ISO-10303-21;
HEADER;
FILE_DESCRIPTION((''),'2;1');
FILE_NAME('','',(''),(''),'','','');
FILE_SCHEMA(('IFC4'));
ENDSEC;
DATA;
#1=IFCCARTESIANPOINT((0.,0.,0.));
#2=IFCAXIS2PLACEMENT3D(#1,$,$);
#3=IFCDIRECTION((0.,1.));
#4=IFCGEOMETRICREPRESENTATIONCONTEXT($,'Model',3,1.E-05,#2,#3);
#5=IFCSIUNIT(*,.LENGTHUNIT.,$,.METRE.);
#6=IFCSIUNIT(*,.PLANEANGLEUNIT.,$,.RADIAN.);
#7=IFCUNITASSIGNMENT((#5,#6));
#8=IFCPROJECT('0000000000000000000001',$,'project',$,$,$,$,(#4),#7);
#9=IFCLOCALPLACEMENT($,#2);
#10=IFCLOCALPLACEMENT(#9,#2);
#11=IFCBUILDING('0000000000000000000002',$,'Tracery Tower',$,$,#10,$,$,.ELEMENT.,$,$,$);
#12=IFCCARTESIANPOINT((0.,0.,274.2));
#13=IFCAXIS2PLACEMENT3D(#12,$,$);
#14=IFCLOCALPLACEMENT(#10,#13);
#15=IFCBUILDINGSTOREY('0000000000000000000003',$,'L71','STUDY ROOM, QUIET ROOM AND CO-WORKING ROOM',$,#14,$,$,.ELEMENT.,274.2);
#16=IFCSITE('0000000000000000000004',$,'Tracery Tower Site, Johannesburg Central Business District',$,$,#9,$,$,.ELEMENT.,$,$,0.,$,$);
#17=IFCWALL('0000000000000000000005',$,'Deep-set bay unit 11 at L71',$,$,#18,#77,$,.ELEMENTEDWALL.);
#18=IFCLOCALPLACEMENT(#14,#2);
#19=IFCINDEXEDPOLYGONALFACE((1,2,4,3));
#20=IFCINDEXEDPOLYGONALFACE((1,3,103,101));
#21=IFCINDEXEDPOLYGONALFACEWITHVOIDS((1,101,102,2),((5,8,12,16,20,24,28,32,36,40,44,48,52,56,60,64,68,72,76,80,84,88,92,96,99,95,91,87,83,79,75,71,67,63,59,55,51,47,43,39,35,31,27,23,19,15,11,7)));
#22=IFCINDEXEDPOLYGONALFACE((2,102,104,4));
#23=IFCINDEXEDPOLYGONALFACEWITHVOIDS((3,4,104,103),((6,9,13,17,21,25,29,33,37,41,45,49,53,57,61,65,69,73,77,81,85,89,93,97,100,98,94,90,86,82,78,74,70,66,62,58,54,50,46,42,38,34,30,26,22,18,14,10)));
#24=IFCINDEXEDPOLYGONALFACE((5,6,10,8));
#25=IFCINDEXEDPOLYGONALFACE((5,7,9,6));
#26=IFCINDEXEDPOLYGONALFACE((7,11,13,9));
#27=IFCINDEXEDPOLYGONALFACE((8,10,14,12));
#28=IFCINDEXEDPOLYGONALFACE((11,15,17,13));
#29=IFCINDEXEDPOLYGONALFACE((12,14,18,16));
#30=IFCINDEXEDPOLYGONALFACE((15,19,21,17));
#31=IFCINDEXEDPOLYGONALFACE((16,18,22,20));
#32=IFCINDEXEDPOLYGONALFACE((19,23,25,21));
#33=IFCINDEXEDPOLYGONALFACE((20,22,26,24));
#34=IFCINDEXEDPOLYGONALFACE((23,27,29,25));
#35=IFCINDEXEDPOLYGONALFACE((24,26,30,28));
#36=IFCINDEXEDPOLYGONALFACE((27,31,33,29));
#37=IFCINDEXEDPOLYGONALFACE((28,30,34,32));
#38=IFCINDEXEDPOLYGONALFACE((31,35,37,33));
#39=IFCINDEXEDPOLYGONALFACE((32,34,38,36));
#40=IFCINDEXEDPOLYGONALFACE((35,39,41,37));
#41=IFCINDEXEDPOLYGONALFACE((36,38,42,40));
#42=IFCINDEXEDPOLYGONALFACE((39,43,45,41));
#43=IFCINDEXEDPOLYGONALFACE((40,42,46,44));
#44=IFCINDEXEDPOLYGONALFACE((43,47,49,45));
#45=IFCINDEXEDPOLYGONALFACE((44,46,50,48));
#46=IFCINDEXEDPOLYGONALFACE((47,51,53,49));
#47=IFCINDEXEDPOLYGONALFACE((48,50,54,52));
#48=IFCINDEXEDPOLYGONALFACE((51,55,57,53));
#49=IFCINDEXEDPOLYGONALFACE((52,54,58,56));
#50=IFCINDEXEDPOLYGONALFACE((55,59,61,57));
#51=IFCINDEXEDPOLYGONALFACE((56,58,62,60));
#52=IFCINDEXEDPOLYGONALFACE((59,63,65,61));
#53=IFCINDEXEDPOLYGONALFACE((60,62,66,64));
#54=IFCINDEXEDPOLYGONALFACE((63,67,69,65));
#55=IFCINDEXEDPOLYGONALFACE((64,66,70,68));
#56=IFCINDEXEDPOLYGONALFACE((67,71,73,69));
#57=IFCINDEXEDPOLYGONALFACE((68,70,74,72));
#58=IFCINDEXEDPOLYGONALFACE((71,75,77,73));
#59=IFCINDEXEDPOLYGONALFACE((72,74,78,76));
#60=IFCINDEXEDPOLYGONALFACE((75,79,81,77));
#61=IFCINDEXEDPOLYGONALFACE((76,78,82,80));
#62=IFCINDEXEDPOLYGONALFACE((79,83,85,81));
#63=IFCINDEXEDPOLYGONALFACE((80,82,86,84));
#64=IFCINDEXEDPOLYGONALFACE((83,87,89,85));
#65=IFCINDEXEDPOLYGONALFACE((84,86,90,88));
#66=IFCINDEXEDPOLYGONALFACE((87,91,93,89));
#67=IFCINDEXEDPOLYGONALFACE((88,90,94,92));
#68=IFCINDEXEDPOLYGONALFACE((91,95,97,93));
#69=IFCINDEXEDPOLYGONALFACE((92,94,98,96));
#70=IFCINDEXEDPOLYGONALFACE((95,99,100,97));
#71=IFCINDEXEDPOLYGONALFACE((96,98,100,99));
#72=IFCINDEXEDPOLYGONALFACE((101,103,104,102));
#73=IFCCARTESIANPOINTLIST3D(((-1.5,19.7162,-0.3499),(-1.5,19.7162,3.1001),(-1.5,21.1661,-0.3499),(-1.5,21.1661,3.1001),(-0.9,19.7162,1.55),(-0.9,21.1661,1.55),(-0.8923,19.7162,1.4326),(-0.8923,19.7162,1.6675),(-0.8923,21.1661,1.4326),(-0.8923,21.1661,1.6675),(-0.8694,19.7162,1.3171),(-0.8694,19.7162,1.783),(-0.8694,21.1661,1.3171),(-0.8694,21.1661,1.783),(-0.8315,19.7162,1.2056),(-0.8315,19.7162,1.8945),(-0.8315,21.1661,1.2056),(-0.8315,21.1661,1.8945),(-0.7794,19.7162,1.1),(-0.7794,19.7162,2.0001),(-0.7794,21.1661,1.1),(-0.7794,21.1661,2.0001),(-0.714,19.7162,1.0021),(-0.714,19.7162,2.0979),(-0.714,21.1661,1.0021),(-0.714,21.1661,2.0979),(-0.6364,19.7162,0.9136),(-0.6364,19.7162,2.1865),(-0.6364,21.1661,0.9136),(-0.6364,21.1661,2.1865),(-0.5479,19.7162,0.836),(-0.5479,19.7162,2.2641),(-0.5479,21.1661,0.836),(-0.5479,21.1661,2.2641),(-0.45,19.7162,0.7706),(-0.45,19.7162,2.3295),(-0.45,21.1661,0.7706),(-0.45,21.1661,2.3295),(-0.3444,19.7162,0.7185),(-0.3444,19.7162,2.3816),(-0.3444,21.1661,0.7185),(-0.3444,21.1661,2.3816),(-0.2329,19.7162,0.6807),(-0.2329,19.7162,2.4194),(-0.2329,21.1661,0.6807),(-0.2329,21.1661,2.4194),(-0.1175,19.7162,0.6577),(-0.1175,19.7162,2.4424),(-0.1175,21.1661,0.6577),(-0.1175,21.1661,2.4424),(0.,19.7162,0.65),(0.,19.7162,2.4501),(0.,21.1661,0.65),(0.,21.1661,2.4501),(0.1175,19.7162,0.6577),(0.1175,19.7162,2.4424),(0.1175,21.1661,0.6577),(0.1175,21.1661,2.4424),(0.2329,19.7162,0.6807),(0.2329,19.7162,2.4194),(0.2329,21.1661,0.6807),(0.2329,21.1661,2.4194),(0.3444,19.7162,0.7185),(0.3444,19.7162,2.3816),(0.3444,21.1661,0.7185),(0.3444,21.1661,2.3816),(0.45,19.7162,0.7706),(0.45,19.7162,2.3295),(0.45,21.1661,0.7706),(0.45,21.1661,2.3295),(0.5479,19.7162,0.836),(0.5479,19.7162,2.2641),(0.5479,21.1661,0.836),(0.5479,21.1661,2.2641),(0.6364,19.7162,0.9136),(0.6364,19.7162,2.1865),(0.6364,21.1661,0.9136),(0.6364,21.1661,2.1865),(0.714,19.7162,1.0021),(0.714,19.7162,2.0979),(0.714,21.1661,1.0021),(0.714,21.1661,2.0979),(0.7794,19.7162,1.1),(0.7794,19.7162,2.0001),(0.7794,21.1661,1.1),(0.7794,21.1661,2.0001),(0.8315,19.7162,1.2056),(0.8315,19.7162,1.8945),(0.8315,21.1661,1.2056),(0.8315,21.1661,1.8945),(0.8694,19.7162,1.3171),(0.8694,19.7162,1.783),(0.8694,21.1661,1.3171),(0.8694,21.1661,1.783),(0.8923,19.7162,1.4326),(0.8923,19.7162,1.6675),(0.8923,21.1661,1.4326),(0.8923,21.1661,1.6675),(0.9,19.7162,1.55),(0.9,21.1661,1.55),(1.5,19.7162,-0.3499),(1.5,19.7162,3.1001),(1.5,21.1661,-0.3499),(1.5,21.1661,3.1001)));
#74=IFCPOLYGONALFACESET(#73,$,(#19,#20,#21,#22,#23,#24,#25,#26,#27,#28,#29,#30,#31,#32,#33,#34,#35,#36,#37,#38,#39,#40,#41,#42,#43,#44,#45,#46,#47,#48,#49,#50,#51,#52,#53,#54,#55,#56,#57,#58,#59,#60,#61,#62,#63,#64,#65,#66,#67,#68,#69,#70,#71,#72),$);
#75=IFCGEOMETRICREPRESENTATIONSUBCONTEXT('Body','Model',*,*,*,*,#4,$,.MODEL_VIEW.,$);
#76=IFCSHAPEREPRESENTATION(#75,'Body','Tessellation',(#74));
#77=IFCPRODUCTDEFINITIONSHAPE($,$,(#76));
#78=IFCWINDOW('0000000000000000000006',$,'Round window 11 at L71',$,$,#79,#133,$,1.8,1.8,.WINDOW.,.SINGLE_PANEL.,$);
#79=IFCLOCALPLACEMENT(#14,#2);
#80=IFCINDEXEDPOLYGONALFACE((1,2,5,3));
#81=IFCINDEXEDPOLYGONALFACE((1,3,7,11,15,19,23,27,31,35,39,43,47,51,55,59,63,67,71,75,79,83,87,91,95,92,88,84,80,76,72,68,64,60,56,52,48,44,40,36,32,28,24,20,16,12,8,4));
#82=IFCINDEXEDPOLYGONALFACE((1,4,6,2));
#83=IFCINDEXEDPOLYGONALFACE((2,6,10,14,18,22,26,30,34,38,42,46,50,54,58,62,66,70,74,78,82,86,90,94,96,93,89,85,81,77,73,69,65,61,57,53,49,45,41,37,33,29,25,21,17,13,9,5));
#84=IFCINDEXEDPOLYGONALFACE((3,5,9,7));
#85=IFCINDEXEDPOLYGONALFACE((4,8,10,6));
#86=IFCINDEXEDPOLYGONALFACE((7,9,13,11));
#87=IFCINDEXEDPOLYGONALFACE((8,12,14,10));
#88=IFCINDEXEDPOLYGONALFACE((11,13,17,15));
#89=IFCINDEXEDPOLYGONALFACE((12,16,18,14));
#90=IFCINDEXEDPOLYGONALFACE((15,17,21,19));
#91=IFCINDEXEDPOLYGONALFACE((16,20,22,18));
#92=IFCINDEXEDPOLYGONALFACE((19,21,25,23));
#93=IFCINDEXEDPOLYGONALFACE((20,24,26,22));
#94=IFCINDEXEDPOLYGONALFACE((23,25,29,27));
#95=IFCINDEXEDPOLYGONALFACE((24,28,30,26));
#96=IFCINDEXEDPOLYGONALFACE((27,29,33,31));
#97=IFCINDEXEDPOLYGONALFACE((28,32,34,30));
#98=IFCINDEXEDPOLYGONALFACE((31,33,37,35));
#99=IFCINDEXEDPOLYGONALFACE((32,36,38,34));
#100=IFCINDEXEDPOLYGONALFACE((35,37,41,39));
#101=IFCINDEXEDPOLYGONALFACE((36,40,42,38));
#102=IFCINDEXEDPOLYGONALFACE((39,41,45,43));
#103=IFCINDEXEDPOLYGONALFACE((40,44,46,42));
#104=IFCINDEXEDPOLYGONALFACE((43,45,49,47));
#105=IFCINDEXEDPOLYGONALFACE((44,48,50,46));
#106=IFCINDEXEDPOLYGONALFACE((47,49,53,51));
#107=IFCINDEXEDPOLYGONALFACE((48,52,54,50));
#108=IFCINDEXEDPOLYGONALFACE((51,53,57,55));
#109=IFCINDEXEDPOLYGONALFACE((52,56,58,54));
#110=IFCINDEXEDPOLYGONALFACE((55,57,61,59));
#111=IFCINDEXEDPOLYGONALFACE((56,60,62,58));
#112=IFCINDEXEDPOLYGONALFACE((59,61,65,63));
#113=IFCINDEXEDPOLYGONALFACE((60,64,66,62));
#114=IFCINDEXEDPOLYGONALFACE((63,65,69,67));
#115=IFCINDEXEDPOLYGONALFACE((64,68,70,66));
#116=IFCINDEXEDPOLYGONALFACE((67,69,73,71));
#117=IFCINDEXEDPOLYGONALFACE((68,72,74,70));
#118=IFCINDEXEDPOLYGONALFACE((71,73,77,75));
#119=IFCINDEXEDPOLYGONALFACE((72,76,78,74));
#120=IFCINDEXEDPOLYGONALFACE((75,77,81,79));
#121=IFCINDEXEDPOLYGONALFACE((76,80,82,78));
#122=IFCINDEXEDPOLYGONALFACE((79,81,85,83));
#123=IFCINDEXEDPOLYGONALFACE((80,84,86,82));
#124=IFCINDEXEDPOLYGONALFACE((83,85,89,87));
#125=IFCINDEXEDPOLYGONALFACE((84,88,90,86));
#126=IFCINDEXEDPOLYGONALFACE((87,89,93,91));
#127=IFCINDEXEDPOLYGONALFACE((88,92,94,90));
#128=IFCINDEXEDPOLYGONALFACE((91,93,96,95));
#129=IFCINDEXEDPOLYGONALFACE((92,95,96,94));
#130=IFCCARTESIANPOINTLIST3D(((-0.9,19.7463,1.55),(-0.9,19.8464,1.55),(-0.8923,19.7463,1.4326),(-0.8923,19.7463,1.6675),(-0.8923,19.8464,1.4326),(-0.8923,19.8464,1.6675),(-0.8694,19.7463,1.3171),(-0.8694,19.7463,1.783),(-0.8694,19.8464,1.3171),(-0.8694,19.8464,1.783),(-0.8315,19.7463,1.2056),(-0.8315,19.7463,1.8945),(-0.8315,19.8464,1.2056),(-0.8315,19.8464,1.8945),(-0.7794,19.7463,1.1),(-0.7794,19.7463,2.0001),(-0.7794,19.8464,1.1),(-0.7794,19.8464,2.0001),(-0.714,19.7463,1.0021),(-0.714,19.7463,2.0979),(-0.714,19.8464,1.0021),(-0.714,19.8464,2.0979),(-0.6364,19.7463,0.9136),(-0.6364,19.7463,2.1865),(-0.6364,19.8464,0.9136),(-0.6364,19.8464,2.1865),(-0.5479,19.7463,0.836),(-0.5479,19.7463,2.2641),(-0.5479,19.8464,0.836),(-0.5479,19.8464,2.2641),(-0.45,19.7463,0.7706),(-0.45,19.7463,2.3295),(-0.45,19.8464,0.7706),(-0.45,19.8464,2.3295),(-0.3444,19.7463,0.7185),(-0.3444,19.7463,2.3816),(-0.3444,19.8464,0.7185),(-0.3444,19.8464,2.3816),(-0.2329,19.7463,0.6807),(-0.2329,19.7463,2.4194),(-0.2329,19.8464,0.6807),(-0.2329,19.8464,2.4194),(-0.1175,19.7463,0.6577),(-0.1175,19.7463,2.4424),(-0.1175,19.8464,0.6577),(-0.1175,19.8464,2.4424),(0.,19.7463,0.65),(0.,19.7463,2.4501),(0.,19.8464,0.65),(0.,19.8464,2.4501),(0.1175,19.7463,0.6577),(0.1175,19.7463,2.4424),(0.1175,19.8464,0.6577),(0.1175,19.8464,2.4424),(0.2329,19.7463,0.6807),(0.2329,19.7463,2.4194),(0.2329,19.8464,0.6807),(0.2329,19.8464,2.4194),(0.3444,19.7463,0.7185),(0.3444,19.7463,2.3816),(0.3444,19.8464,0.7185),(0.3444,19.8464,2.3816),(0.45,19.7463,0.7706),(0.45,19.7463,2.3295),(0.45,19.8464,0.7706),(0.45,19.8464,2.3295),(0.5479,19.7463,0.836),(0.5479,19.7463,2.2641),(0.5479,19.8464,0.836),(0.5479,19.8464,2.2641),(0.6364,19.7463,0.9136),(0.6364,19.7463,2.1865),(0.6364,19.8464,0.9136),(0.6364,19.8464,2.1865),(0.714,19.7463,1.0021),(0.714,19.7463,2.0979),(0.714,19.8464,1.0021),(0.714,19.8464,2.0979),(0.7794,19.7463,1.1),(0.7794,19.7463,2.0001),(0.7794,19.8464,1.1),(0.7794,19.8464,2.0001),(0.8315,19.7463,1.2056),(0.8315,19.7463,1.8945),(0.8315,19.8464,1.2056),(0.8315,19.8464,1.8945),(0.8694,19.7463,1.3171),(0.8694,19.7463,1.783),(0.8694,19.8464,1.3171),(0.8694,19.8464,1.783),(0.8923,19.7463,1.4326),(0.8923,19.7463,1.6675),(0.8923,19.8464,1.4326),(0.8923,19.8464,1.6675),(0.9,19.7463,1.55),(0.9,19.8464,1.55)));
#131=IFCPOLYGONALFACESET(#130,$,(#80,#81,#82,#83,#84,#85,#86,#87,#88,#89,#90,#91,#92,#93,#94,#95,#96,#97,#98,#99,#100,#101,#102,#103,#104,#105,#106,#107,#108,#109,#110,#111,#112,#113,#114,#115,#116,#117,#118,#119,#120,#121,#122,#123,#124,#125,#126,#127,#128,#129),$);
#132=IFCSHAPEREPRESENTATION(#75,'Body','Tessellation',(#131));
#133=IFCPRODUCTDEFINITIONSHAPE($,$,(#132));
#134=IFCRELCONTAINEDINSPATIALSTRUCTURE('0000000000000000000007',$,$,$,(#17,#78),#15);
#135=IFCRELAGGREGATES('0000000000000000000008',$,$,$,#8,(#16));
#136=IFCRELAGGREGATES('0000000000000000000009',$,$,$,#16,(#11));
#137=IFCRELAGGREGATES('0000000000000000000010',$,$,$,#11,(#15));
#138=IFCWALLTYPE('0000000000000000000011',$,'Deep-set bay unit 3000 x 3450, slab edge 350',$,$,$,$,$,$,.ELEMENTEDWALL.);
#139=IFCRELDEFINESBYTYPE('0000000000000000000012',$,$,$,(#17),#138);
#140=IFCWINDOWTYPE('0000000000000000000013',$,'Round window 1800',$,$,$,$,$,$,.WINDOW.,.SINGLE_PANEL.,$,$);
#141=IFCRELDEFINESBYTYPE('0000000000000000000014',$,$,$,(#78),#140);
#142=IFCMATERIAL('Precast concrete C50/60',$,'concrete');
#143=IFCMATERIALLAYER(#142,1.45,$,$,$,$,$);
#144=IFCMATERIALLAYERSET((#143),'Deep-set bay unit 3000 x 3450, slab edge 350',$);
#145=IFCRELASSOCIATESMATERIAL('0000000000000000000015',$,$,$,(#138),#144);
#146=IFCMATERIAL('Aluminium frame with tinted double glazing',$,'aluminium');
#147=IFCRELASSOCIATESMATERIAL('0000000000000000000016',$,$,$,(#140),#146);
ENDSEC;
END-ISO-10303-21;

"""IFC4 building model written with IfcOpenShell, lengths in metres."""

from ifc_helpers import new_model, si_unit, direction, frame, frame_2d, origin, origin_2d, place, context, subcontext, project, spatial, rectangle, circle, extrude, material, layer, layer_set, type_object, element, fill, save


model = new_model("IFC4")

# Units and contexts
model_context = context("Model", 3, precision=1e-05, world=origin(), true_north=direction((0.0, 1.0)))
body_context = subcontext(model_context, "Body", "Model", "MODEL_VIEW")
ifc_project = project(units=[si_unit("LENGTHUNIT", "METRE"), si_unit("PLANEANGLEUNIT", "RADIAN")], contexts=[model_context])

# Site, building, storey
site_placement = place(None, origin())
site = spatial("IfcSite", under=ifc_project, at=site_placement, Name="Tracery Tower Site, Johannesburg Central Business District", CompositionType="ELEMENT", RefElevation=0.0)
building_placement = place(site_placement, origin())
building = spatial("IfcBuilding", under=site, at=building_placement, Name="Tracery Tower", CompositionType="ELEMENT")
storey_placement = place(building_placement, frame((0.0, 0.0, 274.2)))
storey = spatial("IfcBuildingStorey", under=building, at=storey_placement, Name="L71", Description="STUDY ROOM, QUIET ROOM AND CO-WORKING ROOM", CompositionType="ELEMENT", Elevation=274.2)

# Wall, opening, window
ifc_material_1 = material(Name="Precast concrete C50/60", Category="concrete")
ifc_layer_1 = layer(ifc_material_1, 1.45)
ifc_layer_set_1 = layer_set([ifc_layer_1], Name="Deep-set bay unit 3000 x 3450, slab edge 350")
wall_type_1 = type_object("IfcWallType", Name="Deep-set bay unit 3000 x 3450, slab edge 350", PredefinedType="ELEMENTEDWALL", material=ifc_layer_set_1)
wall_1_placement = place(storey_placement, frame((1.5, 20.4412, -0.3499), z_axis=(0.0, 0.0, 1.0), x_axis=(-1.0, 0.0, 0.0)))
wall_1 = element("IfcWall", 1, at=wall_1_placement, inside=storey, type_object=wall_type_1, Name="Deep-set bay unit 11 at L71", PredefinedType="ELEMENTEDWALL", context=body_context, shape_type="SweptSolid", body=[
    extrude(rectangle(XDim=3.0, YDim=1.45, at=frame_2d((1.5, 0.0))), origin(), (0.0, 0.0, 1.0), 3.45),
])
opening_1_placement = place(wall_1_placement, frame((1.5, 0.0, 1.8999)))
opening_1 = element("IfcOpeningElement", 2, at=opening_1_placement, cuts=wall_1, PredefinedType="OPENING", context=body_context, shape_type="SweptSolid", body=[
    extrude(circle(Radius=0.9, at=origin_2d()), frame((0.0, 0.7349, 0.0), z_axis=(0.0, -1.0, 0.0), x_axis=(1.0, 0.0, 0.0)), (0.0, 0.0, 1.0), 1.47),
])
ifc_material_2 = material(Name="Aluminium frame with tinted double glazing", Category="aluminium")
window_type = type_object("IfcWindowType", Name="Round window 1800", PartitioningType="SINGLE_PANEL", PredefinedType="WINDOW", material=ifc_material_2)
window_1_placement = place(opening_1_placement, origin())
window_1 = element("IfcWindow", 3, at=window_1_placement, inside=storey, type_object=window_type, Name="Round window 11 at L71", OverallHeight=1.8, OverallWidth=1.8, PartitioningType="SINGLE_PANEL", PredefinedType="WINDOW", context=body_context, shape_type="SweptSolid", body=[
    extrude(circle(Radius=0.9, at=origin_2d()), frame((0.0, 0.6948, 0.0), z_axis=(0.0, -1.0, 0.0), x_axis=(1.0, 0.0, 0.0)), (0.0, 0.0, 1.0), 0.1001),
])
fill(opening_1, window_1)

save(model, "model.ifc")
